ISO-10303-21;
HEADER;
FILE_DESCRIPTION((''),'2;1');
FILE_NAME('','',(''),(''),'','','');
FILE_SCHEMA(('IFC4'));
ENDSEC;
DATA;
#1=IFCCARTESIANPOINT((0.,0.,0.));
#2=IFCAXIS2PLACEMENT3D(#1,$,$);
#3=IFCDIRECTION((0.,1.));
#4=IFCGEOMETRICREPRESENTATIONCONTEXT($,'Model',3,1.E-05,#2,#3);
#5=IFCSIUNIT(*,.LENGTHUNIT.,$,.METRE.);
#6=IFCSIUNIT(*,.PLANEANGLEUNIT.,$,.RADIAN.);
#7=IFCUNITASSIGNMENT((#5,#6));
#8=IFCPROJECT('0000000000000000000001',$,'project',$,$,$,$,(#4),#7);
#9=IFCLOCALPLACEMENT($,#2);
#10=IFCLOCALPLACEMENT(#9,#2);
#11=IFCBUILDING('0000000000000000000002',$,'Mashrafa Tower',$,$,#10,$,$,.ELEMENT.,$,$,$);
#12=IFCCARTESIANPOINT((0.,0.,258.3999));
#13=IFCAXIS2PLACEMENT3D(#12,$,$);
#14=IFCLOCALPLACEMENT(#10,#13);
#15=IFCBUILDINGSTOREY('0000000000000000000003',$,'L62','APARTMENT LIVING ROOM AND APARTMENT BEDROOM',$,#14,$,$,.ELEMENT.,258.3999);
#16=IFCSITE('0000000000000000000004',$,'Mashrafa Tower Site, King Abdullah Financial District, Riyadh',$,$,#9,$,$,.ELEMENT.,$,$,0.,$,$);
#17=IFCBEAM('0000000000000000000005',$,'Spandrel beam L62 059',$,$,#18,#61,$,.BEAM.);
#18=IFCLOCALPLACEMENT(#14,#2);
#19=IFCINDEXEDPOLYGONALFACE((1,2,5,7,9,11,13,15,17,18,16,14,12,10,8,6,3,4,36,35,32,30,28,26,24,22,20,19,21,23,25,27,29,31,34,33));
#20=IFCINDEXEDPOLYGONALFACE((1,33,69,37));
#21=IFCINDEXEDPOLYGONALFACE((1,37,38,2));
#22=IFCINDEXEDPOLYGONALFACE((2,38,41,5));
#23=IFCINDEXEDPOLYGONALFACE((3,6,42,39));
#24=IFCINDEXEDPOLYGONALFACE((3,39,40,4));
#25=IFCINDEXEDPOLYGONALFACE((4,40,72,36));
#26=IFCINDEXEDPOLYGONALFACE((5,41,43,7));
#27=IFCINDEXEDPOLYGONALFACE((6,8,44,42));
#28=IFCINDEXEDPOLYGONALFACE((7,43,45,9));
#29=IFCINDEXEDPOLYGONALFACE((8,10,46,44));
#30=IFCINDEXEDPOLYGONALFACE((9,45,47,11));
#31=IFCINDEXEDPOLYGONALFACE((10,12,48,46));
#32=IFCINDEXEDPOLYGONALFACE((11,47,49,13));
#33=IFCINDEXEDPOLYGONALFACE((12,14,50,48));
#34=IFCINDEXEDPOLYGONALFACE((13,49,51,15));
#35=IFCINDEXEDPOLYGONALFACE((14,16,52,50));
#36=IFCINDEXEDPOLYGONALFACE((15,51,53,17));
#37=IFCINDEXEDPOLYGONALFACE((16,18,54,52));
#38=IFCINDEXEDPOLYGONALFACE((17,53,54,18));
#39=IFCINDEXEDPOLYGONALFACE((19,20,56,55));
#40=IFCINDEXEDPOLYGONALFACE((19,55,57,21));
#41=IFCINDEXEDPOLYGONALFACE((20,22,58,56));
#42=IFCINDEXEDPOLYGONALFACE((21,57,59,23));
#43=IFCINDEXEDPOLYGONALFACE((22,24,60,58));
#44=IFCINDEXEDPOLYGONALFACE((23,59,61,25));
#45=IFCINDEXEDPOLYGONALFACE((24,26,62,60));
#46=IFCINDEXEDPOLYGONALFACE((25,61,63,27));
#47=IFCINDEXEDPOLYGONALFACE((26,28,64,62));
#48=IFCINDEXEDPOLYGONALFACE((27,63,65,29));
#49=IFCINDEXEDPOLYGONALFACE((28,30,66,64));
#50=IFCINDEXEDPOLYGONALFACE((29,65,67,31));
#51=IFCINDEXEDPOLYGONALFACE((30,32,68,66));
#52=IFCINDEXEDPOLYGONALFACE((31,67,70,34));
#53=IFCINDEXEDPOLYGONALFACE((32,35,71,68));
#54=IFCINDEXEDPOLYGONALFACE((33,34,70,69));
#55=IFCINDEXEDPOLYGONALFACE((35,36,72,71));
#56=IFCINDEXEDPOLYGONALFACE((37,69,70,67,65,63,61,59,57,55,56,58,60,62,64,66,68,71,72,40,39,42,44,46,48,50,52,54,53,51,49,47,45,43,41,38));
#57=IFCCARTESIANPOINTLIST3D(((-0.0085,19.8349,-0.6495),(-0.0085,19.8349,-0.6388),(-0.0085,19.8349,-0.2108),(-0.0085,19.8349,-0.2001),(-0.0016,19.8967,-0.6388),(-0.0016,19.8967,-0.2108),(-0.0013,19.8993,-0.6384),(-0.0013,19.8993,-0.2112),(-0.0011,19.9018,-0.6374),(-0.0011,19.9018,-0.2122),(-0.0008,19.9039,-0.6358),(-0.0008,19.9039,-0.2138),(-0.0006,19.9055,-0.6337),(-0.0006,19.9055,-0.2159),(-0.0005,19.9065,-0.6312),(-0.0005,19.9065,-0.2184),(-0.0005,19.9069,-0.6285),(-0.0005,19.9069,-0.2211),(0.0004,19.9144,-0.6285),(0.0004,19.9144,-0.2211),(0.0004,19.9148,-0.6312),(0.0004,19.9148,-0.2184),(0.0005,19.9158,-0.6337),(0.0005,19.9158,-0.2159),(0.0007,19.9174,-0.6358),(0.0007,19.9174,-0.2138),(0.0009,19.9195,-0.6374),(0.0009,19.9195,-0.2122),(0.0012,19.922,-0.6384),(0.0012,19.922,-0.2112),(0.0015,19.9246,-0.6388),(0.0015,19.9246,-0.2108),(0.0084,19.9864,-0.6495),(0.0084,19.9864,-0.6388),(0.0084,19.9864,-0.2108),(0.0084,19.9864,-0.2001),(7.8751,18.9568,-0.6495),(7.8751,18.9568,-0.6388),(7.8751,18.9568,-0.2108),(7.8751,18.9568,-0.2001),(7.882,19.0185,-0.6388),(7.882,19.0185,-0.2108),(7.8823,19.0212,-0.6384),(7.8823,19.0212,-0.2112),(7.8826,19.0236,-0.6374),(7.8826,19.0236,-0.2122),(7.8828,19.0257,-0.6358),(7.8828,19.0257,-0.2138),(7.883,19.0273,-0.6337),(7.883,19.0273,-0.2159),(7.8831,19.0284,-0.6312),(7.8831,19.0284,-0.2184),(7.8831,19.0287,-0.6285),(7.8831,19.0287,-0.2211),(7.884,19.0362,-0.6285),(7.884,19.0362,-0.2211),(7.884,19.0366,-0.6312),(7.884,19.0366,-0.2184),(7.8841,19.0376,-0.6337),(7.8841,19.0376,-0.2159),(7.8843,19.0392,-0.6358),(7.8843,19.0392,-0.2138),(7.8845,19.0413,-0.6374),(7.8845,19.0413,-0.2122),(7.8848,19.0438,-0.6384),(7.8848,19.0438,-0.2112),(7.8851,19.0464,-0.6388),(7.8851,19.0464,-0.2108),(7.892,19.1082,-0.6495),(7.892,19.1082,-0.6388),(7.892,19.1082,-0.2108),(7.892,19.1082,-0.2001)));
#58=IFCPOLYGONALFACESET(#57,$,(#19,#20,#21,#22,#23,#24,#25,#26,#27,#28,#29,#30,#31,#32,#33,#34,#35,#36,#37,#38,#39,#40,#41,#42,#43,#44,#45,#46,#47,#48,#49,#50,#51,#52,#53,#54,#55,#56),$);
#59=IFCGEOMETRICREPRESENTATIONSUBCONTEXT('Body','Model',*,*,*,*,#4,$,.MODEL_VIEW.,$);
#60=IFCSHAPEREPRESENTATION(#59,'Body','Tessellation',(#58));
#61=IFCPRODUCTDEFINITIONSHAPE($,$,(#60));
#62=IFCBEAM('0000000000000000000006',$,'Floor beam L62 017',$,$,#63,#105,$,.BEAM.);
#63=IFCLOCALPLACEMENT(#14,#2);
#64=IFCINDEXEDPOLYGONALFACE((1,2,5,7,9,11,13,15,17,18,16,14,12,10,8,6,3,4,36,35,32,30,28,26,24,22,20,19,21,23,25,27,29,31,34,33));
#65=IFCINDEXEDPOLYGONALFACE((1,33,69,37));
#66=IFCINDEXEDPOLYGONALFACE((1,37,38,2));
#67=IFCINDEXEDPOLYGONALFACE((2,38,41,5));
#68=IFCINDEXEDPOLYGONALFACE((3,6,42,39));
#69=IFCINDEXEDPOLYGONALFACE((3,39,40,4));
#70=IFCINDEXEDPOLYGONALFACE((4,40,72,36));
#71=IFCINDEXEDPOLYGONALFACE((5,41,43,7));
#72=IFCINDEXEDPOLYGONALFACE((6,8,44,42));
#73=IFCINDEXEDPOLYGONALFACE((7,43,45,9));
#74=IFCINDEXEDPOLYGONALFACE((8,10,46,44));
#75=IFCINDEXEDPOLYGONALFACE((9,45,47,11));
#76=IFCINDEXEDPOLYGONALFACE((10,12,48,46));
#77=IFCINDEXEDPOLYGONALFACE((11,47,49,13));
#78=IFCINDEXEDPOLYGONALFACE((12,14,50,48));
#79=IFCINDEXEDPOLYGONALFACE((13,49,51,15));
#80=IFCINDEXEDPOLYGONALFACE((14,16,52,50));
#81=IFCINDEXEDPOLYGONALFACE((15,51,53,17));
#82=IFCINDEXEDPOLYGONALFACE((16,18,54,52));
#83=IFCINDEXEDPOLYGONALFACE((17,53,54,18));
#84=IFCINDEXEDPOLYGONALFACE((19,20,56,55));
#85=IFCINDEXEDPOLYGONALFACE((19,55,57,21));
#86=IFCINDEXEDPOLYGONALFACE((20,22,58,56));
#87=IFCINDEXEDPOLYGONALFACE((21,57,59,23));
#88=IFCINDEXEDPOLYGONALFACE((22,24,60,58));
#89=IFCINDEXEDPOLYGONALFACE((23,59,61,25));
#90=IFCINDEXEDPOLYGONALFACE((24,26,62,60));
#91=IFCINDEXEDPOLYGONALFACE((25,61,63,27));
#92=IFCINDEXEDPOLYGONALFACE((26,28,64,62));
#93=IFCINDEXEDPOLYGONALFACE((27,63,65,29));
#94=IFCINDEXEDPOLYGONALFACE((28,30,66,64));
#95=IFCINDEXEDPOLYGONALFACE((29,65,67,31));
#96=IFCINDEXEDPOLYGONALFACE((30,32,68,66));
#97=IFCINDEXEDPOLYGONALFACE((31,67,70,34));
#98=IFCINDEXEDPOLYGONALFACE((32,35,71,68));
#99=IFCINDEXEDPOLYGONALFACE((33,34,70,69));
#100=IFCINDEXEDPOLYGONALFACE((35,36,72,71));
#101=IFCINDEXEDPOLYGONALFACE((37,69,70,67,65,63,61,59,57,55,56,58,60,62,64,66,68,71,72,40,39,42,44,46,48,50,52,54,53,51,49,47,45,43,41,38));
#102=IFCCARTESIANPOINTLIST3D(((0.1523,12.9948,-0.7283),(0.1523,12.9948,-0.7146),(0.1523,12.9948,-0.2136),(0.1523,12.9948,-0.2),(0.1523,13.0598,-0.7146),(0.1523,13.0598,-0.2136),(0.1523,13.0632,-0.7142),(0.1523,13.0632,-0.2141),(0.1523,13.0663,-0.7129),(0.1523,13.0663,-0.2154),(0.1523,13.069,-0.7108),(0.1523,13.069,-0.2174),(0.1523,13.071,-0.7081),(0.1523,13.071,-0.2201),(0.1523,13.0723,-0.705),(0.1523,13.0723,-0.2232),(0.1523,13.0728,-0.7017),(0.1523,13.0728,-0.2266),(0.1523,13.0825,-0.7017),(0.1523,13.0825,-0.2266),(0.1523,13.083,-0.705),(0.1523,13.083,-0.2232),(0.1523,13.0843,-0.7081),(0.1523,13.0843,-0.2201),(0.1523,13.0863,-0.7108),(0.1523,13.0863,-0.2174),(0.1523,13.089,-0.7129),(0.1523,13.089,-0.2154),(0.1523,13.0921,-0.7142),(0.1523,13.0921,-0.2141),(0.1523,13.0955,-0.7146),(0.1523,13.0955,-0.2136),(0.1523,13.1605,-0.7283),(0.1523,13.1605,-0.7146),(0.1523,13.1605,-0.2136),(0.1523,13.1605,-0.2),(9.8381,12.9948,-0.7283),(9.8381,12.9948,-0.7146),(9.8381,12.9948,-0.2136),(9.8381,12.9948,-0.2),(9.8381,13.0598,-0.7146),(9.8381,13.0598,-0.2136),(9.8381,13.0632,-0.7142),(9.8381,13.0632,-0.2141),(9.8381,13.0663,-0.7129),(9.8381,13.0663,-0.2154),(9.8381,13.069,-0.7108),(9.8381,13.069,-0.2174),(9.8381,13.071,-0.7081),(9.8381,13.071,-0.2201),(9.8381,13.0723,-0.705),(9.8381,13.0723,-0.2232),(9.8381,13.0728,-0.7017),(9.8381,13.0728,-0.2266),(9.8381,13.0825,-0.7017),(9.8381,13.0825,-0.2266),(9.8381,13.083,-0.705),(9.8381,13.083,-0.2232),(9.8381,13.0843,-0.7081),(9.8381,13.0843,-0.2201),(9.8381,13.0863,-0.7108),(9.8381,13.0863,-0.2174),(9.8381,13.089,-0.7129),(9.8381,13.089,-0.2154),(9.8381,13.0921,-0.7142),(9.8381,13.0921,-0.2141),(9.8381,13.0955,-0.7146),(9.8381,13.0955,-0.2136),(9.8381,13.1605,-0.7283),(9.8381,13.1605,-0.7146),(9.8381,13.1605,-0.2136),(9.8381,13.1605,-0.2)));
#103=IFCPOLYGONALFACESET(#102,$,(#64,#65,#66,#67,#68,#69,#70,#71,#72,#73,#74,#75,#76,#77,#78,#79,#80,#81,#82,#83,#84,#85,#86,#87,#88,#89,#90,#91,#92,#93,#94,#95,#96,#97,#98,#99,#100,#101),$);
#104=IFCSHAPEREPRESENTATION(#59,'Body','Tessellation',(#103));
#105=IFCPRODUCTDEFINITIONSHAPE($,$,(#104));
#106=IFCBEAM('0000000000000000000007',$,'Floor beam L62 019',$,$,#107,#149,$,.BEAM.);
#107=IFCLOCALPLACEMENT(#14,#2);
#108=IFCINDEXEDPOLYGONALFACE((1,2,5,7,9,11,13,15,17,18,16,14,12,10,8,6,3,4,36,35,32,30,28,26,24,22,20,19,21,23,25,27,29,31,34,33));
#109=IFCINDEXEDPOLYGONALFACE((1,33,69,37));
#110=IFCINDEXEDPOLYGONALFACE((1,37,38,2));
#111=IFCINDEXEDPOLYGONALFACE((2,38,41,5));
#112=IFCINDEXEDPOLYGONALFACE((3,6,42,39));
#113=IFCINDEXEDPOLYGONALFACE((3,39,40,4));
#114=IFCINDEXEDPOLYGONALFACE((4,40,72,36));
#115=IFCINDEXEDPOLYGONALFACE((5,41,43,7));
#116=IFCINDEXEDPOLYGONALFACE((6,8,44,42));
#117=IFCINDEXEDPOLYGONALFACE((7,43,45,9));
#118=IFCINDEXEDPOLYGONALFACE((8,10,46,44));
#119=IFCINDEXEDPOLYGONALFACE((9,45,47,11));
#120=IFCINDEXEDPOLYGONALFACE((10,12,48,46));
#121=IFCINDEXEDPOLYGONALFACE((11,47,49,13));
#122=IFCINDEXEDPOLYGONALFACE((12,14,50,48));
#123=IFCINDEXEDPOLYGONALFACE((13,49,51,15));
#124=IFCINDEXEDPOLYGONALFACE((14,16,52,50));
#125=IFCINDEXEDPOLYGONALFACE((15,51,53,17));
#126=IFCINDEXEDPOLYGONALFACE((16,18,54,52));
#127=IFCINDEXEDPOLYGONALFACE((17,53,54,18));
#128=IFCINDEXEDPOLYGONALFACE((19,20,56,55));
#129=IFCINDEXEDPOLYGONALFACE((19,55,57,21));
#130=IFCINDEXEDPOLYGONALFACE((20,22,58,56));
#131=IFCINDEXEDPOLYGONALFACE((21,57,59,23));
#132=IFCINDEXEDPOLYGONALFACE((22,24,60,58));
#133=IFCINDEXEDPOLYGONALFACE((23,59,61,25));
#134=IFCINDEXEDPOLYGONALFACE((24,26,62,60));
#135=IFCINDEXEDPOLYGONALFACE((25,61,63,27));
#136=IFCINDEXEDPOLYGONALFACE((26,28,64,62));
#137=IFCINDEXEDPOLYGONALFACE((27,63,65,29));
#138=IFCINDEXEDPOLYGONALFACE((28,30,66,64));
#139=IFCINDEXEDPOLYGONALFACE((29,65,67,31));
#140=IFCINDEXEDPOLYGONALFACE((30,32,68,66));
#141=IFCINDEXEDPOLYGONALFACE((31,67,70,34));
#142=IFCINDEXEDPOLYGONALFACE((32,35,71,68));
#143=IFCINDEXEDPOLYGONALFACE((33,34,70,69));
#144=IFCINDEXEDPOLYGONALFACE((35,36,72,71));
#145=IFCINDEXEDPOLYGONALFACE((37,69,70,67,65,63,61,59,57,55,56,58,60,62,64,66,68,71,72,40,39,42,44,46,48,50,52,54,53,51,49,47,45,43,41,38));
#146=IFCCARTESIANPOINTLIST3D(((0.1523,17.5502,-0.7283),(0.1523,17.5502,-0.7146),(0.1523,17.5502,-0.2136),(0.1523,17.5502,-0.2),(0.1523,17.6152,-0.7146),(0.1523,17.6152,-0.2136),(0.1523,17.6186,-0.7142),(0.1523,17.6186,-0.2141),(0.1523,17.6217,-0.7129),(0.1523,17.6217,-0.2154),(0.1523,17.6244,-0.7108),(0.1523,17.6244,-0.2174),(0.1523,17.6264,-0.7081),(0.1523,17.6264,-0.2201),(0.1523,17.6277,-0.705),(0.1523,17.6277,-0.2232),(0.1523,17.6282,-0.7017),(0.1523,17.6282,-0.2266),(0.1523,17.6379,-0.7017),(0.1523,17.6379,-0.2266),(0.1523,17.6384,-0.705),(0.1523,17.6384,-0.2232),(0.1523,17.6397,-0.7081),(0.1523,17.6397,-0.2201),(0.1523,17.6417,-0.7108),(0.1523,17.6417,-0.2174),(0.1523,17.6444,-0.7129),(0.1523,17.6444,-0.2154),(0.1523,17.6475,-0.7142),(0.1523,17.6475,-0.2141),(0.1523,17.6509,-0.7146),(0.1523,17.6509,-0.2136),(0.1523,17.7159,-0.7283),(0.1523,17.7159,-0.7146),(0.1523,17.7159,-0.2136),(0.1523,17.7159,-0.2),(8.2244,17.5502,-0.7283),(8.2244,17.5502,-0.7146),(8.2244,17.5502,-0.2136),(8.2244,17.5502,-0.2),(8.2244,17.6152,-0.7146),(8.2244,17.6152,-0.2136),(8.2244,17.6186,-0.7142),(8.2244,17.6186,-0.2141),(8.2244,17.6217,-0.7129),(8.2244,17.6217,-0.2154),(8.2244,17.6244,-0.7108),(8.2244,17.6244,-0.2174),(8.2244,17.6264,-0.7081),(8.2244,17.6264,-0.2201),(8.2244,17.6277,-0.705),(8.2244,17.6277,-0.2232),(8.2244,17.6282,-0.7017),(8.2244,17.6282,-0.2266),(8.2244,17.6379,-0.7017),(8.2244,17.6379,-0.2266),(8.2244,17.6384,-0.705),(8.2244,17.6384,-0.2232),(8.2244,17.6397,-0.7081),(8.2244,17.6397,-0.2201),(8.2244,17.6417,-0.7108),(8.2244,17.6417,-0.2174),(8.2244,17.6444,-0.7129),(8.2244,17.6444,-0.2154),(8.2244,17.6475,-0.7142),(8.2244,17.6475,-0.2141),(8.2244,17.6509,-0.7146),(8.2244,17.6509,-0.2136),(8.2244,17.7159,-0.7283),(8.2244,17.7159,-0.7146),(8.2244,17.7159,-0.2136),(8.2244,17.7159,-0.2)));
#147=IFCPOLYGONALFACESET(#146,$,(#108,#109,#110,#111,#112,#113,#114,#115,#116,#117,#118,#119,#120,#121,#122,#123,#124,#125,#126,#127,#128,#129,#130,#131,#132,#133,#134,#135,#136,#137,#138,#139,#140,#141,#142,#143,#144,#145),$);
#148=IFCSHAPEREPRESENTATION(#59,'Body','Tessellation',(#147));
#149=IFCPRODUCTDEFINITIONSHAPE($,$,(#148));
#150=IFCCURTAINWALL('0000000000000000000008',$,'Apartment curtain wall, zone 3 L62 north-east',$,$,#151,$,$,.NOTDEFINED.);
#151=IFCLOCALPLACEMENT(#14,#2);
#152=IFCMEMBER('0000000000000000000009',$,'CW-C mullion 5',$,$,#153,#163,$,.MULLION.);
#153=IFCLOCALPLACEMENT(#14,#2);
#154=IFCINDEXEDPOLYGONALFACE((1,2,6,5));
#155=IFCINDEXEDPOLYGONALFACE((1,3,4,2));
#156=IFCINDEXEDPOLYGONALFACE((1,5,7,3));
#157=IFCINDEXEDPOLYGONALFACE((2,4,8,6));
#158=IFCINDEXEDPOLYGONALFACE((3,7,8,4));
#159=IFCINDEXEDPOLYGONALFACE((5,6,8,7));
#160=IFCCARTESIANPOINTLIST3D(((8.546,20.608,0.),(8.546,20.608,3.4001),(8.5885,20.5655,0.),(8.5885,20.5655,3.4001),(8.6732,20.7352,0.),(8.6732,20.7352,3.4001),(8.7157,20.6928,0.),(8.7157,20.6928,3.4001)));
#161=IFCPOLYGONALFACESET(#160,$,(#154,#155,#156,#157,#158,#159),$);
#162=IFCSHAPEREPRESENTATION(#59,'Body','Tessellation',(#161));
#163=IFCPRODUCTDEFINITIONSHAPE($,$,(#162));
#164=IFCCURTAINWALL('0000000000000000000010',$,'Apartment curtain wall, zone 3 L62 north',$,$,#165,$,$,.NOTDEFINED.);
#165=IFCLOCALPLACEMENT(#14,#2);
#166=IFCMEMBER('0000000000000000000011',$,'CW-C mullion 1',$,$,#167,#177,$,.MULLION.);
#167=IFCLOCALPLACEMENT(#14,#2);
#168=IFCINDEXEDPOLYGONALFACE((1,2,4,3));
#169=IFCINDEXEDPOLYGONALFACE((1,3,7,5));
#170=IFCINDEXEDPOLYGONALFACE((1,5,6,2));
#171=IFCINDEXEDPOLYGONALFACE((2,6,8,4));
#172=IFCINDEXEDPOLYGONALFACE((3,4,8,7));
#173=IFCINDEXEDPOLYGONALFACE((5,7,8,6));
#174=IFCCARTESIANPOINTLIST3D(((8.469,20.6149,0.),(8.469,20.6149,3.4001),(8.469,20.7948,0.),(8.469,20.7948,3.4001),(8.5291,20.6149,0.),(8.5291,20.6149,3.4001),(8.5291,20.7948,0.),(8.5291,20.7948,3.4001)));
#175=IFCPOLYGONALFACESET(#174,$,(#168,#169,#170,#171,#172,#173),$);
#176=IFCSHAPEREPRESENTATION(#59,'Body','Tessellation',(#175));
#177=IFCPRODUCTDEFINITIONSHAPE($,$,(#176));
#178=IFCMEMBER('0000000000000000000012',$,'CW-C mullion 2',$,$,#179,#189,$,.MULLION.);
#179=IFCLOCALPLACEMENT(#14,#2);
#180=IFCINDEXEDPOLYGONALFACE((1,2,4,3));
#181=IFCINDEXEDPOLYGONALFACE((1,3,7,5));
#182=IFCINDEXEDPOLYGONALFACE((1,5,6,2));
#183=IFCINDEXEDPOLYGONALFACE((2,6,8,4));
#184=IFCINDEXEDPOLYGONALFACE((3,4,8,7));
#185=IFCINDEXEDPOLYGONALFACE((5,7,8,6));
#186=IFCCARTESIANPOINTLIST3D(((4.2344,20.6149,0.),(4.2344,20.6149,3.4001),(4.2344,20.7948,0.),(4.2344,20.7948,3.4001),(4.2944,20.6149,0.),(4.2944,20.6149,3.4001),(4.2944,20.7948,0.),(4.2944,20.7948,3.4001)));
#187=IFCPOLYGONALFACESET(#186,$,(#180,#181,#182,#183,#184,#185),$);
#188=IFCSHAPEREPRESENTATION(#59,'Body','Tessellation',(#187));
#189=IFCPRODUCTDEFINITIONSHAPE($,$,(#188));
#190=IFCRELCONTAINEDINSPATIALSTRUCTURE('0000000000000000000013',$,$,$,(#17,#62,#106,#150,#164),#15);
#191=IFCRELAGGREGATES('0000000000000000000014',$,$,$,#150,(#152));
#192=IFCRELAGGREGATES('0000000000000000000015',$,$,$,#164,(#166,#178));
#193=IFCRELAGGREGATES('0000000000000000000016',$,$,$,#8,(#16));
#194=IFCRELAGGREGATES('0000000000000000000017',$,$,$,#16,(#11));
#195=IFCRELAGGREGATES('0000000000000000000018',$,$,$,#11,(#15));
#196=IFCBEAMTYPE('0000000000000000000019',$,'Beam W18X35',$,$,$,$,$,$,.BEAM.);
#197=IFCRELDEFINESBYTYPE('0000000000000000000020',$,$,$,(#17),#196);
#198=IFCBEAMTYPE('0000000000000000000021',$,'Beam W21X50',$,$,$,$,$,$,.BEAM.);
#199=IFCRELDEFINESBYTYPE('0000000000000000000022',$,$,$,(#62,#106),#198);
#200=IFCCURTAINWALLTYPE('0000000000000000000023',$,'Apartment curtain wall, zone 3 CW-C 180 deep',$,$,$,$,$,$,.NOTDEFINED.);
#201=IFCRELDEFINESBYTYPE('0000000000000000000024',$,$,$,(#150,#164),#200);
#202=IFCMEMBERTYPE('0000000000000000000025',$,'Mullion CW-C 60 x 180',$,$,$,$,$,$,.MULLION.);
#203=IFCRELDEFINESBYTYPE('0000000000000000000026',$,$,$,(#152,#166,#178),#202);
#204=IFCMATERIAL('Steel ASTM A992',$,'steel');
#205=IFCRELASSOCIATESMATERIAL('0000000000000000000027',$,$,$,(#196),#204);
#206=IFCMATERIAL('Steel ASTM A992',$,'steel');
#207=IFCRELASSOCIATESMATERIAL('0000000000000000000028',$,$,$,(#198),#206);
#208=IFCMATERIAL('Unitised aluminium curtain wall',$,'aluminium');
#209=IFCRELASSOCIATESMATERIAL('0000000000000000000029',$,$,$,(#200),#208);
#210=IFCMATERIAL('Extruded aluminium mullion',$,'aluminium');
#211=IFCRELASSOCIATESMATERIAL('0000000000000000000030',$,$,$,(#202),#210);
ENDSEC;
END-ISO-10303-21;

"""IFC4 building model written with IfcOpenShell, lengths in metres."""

from ifc_helpers import new_model, si_unit, direction, frame, origin, origin_2d, place, context, subcontext, project, spatial, rectangle, i_section, extrude, source, transform, mapped, material, material_profile, profile_set, type_object, type_shapes, element, aggregate, save


model = new_model("IFC4")

# Units and contexts
model_context = context("Model", 3, precision=1e-05, world=origin(), true_north=direction((0.0, 1.0)))
body_context = subcontext(model_context, "Body", "Model", "MODEL_VIEW")
ifc_project = project(units=[si_unit("LENGTHUNIT", "METRE"), si_unit("PLANEANGLEUNIT", "RADIAN")], contexts=[model_context])

# Site, building, storey
site_placement = place(None, origin())
site = spatial("IfcSite", under=ifc_project, at=site_placement, Name="Mashrafa Tower Site, King Abdullah Financial District, Riyadh", CompositionType="ELEMENT", RefElevation=0.0)
building_placement = place(site_placement, origin())
building = spatial("IfcBuilding", under=site, at=building_placement, Name="Mashrafa Tower", CompositionType="ELEMENT")
storey_placement = place(building_placement, frame((0.0, 0.0, 258.3999)))
storey = spatial("IfcBuildingStorey", under=building, at=storey_placement, Name="L62", Description="APARTMENT LIVING ROOM AND APARTMENT BEDROOM", CompositionType="ELEMENT", Elevation=258.3999)

# Beams
ifc_material_1 = material(Name="Steel ASTM A992", Category="steel")
ifc_material_profile_1 = material_profile(ifc_material_1, i_section(OverallWidth=0.1523, OverallDepth=0.4495, WebThickness=0.0076, FlangeThickness=0.0107, FilletRadius=0.0103, at=origin_2d()), Name="W18X35")
ifc_profile_set_1 = profile_set([ifc_material_profile_1], Name="Steel ASTM A992")
beam_type_1 = type_object("IfcBeamType", Name="Beam W18X35", PredefinedType="BEAM", material=ifc_profile_set_1)
for number, where, z_axis, x_axis, name in (
    (1, (7.8835, 19.0325, -0.4248), (-0.993853, 0.110709, 0.0), (-0.110709, -0.993853, 0.0), "Spandrel beam L62 059"),
):
    element("IfcBeam", number, at=place(storey_placement, frame(where, z_axis=z_axis, x_axis=x_axis)), inside=storey, type_object=beam_type_1, Name=name, PredefinedType="BEAM", context=body_context, shape_type="SweptSolid", body=[
        extrude(i_section(OverallWidth=0.1523, OverallDepth=0.4495, WebThickness=0.0076, FlangeThickness=0.0107, FilletRadius=0.0103, at=origin_2d()), origin(), (0.0, 0.0, 1.0), 7.9324),
    ])
ifc_material_2 = material(Name="Steel ASTM A992", Category="steel")
ifc_material_profile_2 = material_profile(ifc_material_2, i_section(OverallWidth=0.1658, OverallDepth=0.5283, WebThickness=0.0098, FlangeThickness=0.0137, FilletRadius=0.0129, at=origin_2d()), Name="W21X50")
ifc_profile_set_2 = profile_set([ifc_material_profile_2], Name="Steel ASTM A992")
beam_type_2 = type_object("IfcBeamType", Name="Beam W21X50", PredefinedType="BEAM", material=ifc_profile_set_2)
beam_1_placement = place(storey_placement, frame((0.1523, 13.0776, -0.4641), z_axis=(1.0, 0.0, 0.0), x_axis=(0.0, 1.0, 0.0)))
element("IfcBeam", 2, at=beam_1_placement, inside=storey, type_object=beam_type_2, Name="Floor beam L62 017", PredefinedType="BEAM", context=body_context, shape_type="SweptSolid", body=[
    extrude(i_section(OverallWidth=0.1658, OverallDepth=0.5283, WebThickness=0.0098, FlangeThickness=0.0137, FilletRadius=0.0129, at=origin_2d()), origin(), (0.0, 0.0, 1.0), 9.6858),
])
beam_2_placement = place(storey_placement, frame((0.1523, 17.6331, -0.4641), z_axis=(1.0, 0.0, 0.0), x_axis=(0.0, 1.0, 0.0)))
element("IfcBeam", 3, at=beam_2_placement, inside=storey, type_object=beam_type_2, Name="Floor beam L62 019", PredefinedType="BEAM", context=body_context, shape_type="SweptSolid", body=[
    extrude(i_section(OverallWidth=0.1658, OverallDepth=0.5283, WebThickness=0.0098, FlangeThickness=0.0137, FilletRadius=0.0129, at=origin_2d()), origin(), (0.0, 0.0, 1.0), 8.072),
])

# Curtain wall, member
ifc_material_3 = material(Name="Unitised aluminium curtain wall", Category="aluminium")
curtain_wall_type = type_object("IfcCurtainWallType", Name="Apartment curtain wall, zone 3 CW-C 180 deep", PredefinedType="NOTDEFINED", material=ifc_material_3)
curtain_wall_1_placement = place(storey_placement, origin())
curtain_wall_1 = element("IfcCurtainWall", 4, at=curtain_wall_1_placement, inside=storey, type_object=curtain_wall_type, Name="Apartment curtain wall, zone 3 L62 north-east", PredefinedType="NOTDEFINED")
ifc_material_4 = material(Name="Extruded aluminium mullion", Category="aluminium")
ifc_material_profile_3 = material_profile(ifc_material_4, rectangle(XDim=0.1799, YDim=0.0601, at=origin_2d()), Name="Mullion 60x180")
ifc_profile_set_3 = profile_set([ifc_material_profile_3], Name="Extruded aluminium mullion")
member_type_1 = type_object("IfcMemberType", Name="Mullion CW-C 60 x 180", PredefinedType="MULLION", material=ifc_profile_set_3)
shared_shape_1 = source(origin(), body_context, "Body", "SweptSolid", [
    extrude(rectangle(XDim=0.1799, YDim=0.0601, at=origin_2d()), origin(), (0.0, 0.0, 1.0), 3.4001),
])
type_shapes(member_type_1, [shared_shape_1])
member_1_placement = place(storey_placement, frame((8.6309, 20.6504, 0.0), z_axis=(0.0, 0.0, 1.0), x_axis=(-0.707107, -0.707107, 0.0)))
member_1 = element("IfcMember", 5, at=member_1_placement, type_object=member_type_1, Name="CW-C mullion 5", PredefinedType="MULLION", context=body_context, shape_type="MappedRepresentation", body=[
    mapped(shared_shape_1, transform((0.0, 0.0, 0.0))),
])
aggregate(curtain_wall_1, [member_1])

# Curtain wall, members
curtain_wall_2_placement = place(storey_placement, origin())
curtain_wall_2 = element("IfcCurtainWall", 6, at=curtain_wall_2_placement, inside=storey, type_object=curtain_wall_type, Name="Apartment curtain wall, zone 3 L62 north", PredefinedType="NOTDEFINED")
member_2_placement = place(storey_placement, frame((8.499, 20.7048, 0.0), z_axis=(0.0, 0.0, 1.0), x_axis=(0.0, -1.0, 0.0)))
member_2 = element("IfcMember", 7, at=member_2_placement, type_object=member_type_1, Name="CW-C mullion 1", PredefinedType="MULLION", context=body_context, shape_type="MappedRepresentation", body=[
    mapped(shared_shape_1, transform((0.0, 0.0, 0.0))),
])
member_3_placement = place(storey_placement, frame((4.2644, 20.7048, 0.0), z_axis=(0.0, 0.0, 1.0), x_axis=(0.0, -1.0, 0.0)))
member_3 = element("IfcMember", 8, at=member_3_placement, type_object=member_type_1, Name="CW-C mullion 2", PredefinedType="MULLION", context=body_context, shape_type="MappedRepresentation", body=[
    mapped(shared_shape_1, transform((0.0, 0.0, 0.0))),
])
aggregate(curtain_wall_2, [member_2, member_3])

save(model, "model.ifc")
